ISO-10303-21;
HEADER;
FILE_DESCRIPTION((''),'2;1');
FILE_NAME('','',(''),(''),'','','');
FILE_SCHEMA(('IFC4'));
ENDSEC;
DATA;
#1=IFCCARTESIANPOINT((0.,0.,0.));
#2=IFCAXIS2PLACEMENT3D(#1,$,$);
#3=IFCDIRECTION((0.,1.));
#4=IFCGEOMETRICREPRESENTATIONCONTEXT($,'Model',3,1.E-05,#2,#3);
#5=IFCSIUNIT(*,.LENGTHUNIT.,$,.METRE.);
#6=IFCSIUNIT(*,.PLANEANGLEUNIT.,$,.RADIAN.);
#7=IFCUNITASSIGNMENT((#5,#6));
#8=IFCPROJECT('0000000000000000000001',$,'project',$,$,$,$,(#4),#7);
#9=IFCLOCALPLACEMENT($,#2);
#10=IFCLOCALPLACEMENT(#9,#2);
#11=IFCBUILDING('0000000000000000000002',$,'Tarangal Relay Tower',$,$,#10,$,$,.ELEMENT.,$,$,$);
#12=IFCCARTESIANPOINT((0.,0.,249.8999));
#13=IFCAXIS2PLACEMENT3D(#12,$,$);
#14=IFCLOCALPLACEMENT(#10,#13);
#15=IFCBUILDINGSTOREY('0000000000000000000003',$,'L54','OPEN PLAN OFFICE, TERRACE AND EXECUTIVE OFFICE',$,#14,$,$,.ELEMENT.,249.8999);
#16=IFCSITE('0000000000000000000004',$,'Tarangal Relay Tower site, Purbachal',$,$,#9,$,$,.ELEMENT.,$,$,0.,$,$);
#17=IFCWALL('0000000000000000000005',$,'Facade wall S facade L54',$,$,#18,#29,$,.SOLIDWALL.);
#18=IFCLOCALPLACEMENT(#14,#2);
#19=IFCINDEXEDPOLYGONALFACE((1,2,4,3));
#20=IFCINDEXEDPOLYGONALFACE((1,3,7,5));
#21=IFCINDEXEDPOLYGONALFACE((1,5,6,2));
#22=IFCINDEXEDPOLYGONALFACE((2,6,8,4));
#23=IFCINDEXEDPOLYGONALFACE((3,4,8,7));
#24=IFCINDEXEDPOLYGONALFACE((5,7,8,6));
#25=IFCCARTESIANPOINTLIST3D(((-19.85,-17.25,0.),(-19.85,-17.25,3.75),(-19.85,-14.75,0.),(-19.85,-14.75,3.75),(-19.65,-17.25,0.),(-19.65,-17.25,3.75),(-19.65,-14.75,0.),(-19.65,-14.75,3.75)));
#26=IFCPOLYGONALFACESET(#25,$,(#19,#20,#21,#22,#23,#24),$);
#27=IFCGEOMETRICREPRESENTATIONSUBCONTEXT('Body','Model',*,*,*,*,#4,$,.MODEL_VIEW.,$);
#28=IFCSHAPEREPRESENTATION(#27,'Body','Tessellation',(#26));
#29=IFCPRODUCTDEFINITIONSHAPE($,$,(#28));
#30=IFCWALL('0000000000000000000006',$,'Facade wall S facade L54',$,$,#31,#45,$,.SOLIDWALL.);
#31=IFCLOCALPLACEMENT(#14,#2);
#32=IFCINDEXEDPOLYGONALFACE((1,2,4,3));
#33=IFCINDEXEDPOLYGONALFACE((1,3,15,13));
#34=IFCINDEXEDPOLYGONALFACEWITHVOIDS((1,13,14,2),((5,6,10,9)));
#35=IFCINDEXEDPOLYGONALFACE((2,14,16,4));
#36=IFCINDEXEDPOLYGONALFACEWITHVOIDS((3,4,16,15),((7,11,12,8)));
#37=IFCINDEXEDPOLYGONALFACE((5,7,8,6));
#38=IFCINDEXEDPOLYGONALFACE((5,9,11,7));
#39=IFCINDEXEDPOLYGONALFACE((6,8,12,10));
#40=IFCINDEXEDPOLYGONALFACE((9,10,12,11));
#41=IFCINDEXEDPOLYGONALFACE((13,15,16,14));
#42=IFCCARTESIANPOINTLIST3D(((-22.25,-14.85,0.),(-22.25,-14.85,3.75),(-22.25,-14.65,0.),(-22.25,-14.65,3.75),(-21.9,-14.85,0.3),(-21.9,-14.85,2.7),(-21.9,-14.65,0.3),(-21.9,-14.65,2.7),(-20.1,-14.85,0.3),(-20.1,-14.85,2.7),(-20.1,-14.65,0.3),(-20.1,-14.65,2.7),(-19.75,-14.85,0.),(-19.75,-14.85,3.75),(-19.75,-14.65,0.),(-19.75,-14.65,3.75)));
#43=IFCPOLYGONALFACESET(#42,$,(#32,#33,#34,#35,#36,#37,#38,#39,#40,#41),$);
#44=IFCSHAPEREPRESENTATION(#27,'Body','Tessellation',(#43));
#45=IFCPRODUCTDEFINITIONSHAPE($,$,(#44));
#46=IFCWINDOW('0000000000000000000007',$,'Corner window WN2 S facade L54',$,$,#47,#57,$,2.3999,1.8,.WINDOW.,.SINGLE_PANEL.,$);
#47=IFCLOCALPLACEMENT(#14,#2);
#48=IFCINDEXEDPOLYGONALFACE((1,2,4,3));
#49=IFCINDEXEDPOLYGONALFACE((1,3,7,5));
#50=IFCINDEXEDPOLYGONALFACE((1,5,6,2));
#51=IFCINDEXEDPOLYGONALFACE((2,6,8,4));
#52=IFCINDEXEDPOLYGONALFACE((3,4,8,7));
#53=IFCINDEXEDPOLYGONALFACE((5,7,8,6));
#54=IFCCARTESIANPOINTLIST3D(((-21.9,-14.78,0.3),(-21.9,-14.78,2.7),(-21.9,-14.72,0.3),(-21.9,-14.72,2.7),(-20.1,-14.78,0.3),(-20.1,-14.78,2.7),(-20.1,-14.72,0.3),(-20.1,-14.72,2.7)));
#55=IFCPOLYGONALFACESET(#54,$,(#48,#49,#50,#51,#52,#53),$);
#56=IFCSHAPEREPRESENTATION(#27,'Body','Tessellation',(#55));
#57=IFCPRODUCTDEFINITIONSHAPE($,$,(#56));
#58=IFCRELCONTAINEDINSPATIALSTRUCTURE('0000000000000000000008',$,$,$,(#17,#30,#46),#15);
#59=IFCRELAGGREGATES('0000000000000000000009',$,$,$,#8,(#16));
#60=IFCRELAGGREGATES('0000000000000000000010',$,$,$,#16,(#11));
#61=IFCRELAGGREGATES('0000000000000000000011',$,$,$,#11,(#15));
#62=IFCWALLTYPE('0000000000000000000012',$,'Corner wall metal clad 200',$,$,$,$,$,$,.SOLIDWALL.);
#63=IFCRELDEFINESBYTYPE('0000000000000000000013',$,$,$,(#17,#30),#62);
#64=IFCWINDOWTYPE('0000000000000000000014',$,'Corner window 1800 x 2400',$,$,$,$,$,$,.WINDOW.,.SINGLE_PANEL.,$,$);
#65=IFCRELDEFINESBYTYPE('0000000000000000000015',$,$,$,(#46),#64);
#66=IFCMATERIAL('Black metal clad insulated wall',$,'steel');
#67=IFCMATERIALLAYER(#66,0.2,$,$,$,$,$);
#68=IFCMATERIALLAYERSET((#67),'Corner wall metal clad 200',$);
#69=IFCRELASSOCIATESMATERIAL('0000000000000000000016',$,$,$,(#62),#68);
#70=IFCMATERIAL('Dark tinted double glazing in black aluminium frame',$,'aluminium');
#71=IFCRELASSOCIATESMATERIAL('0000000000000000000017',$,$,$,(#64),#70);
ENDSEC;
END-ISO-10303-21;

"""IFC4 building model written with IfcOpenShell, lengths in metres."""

from ifc_helpers import new_model, si_unit, direction, frame, frame_2d, origin, place, context, subcontext, project, spatial, rectangle, extrude, material, layer, layer_set, type_object, element, fill, save


model = new_model("IFC4")

# Units and contexts
model_context = context("Model", 3, precision=1e-05, world=origin(), true_north=direction((0.0, 1.0)))
body_context = subcontext(model_context, "Body", "Model", "MODEL_VIEW")
ifc_project = project(units=[si_unit("LENGTHUNIT", "METRE"), si_unit("PLANEANGLEUNIT", "RADIAN")], contexts=[model_context])

# Site, building, storey
site_placement = place(None, origin())
site = spatial("IfcSite", under=ifc_project, at=site_placement, Name="Tarangal Relay Tower site, Purbachal", CompositionType="ELEMENT", RefElevation=0.0)
building_placement = place(site_placement, origin())
building = spatial("IfcBuilding", under=site, at=building_placement, Name="Tarangal Relay Tower", CompositionType="ELEMENT")
storey_placement = place(building_placement, frame((0.0, 0.0, 249.8999)))
storey = spatial("IfcBuildingStorey", under=building, at=storey_placement, Name="L54", Description="OPEN PLAN OFFICE, TERRACE AND EXECUTIVE OFFICE", CompositionType="ELEMENT", Elevation=249.8999)

# Wall
ifc_material_1 = material(Name="Black metal clad insulated wall", Category="steel")
ifc_layer_1 = layer(ifc_material_1, 0.2)
ifc_layer_set_1 = layer_set([ifc_layer_1], Name="Corner wall metal clad 200")
wall_type = type_object("IfcWallType", Name="Corner wall metal clad 200", PredefinedType="SOLIDWALL", material=ifc_layer_set_1)
wall_1_placement = place(storey_placement, frame((-19.75, -17.25, 0.0), z_axis=(0.0, 0.0, 1.0), x_axis=(0.0, 1.0, 0.0)))
element("IfcWall", 1, at=wall_1_placement, inside=storey, type_object=wall_type, Name="Facade wall S facade L54", PredefinedType="SOLIDWALL", context=body_context, shape_type="SweptSolid", body=[
    extrude(rectangle(XDim=2.5, YDim=0.2, at=frame_2d((1.25, 0.0))), origin(), (0.0, 0.0, 1.0), 3.75),
])

# Wall, opening, window
wall_2_placement = place(storey_placement, frame((-19.75, -14.75, 0.0), z_axis=(0.0, 0.0, 1.0), x_axis=(-1.0, 0.0, 0.0)))
wall_2 = element("IfcWall", 2, at=wall_2_placement, inside=storey, type_object=wall_type, Name="Facade wall S facade L54", PredefinedType="SOLIDWALL", context=body_context, shape_type="SweptSolid", body=[
    extrude(rectangle(XDim=2.5, YDim=0.2, at=frame_2d((1.25, 0.0))), origin(), (0.0, 0.0, 1.0), 3.75),
])
opening_placement = place(wall_2_placement, frame((0.3501, 0.0, 0.3)))
opening = element("IfcOpeningElement", 3, at=opening_placement, cuts=wall_2, PredefinedType="OPENING", context=body_context, shape_type="SweptSolid", body=[
    extrude(rectangle(XDim=1.8, YDim=2.3999, at=frame_2d((0.8999, 1.2))), frame((0.0, 0.1099, 0.0), z_axis=(0.0, -1.0, 0.0), x_axis=(1.0, 0.0, 0.0)), (0.0, 0.0, 1.0), 0.22),
])
ifc_material_2 = material(Name="Dark tinted double glazing in black aluminium frame", Category="aluminium")
window_type = type_object("IfcWindowType", Name="Corner window 1800 x 2400", PartitioningType="SINGLE_PANEL", PredefinedType="WINDOW", material=ifc_material_2)
window_placement = place(opening_placement, origin())
window = element("IfcWindow", 4, at=window_placement, inside=storey, type_object=window_type, Name="Corner window WN2 S facade L54", OverallHeight=2.3999, OverallWidth=1.8, PartitioningType="SINGLE_PANEL", PredefinedType="WINDOW", context=body_context, shape_type="SweptSolid", body=[
    extrude(rectangle(XDim=1.8, YDim=2.3999, at=frame_2d((0.8999, 1.2))), frame((0.0, 0.03, 0.0), z_axis=(0.0, -1.0, 0.0), x_axis=(1.0, 0.0, 0.0)), (0.0, 0.0, 1.0), 0.0601),
])
fill(opening, window)

save(model, "model.ifc")
